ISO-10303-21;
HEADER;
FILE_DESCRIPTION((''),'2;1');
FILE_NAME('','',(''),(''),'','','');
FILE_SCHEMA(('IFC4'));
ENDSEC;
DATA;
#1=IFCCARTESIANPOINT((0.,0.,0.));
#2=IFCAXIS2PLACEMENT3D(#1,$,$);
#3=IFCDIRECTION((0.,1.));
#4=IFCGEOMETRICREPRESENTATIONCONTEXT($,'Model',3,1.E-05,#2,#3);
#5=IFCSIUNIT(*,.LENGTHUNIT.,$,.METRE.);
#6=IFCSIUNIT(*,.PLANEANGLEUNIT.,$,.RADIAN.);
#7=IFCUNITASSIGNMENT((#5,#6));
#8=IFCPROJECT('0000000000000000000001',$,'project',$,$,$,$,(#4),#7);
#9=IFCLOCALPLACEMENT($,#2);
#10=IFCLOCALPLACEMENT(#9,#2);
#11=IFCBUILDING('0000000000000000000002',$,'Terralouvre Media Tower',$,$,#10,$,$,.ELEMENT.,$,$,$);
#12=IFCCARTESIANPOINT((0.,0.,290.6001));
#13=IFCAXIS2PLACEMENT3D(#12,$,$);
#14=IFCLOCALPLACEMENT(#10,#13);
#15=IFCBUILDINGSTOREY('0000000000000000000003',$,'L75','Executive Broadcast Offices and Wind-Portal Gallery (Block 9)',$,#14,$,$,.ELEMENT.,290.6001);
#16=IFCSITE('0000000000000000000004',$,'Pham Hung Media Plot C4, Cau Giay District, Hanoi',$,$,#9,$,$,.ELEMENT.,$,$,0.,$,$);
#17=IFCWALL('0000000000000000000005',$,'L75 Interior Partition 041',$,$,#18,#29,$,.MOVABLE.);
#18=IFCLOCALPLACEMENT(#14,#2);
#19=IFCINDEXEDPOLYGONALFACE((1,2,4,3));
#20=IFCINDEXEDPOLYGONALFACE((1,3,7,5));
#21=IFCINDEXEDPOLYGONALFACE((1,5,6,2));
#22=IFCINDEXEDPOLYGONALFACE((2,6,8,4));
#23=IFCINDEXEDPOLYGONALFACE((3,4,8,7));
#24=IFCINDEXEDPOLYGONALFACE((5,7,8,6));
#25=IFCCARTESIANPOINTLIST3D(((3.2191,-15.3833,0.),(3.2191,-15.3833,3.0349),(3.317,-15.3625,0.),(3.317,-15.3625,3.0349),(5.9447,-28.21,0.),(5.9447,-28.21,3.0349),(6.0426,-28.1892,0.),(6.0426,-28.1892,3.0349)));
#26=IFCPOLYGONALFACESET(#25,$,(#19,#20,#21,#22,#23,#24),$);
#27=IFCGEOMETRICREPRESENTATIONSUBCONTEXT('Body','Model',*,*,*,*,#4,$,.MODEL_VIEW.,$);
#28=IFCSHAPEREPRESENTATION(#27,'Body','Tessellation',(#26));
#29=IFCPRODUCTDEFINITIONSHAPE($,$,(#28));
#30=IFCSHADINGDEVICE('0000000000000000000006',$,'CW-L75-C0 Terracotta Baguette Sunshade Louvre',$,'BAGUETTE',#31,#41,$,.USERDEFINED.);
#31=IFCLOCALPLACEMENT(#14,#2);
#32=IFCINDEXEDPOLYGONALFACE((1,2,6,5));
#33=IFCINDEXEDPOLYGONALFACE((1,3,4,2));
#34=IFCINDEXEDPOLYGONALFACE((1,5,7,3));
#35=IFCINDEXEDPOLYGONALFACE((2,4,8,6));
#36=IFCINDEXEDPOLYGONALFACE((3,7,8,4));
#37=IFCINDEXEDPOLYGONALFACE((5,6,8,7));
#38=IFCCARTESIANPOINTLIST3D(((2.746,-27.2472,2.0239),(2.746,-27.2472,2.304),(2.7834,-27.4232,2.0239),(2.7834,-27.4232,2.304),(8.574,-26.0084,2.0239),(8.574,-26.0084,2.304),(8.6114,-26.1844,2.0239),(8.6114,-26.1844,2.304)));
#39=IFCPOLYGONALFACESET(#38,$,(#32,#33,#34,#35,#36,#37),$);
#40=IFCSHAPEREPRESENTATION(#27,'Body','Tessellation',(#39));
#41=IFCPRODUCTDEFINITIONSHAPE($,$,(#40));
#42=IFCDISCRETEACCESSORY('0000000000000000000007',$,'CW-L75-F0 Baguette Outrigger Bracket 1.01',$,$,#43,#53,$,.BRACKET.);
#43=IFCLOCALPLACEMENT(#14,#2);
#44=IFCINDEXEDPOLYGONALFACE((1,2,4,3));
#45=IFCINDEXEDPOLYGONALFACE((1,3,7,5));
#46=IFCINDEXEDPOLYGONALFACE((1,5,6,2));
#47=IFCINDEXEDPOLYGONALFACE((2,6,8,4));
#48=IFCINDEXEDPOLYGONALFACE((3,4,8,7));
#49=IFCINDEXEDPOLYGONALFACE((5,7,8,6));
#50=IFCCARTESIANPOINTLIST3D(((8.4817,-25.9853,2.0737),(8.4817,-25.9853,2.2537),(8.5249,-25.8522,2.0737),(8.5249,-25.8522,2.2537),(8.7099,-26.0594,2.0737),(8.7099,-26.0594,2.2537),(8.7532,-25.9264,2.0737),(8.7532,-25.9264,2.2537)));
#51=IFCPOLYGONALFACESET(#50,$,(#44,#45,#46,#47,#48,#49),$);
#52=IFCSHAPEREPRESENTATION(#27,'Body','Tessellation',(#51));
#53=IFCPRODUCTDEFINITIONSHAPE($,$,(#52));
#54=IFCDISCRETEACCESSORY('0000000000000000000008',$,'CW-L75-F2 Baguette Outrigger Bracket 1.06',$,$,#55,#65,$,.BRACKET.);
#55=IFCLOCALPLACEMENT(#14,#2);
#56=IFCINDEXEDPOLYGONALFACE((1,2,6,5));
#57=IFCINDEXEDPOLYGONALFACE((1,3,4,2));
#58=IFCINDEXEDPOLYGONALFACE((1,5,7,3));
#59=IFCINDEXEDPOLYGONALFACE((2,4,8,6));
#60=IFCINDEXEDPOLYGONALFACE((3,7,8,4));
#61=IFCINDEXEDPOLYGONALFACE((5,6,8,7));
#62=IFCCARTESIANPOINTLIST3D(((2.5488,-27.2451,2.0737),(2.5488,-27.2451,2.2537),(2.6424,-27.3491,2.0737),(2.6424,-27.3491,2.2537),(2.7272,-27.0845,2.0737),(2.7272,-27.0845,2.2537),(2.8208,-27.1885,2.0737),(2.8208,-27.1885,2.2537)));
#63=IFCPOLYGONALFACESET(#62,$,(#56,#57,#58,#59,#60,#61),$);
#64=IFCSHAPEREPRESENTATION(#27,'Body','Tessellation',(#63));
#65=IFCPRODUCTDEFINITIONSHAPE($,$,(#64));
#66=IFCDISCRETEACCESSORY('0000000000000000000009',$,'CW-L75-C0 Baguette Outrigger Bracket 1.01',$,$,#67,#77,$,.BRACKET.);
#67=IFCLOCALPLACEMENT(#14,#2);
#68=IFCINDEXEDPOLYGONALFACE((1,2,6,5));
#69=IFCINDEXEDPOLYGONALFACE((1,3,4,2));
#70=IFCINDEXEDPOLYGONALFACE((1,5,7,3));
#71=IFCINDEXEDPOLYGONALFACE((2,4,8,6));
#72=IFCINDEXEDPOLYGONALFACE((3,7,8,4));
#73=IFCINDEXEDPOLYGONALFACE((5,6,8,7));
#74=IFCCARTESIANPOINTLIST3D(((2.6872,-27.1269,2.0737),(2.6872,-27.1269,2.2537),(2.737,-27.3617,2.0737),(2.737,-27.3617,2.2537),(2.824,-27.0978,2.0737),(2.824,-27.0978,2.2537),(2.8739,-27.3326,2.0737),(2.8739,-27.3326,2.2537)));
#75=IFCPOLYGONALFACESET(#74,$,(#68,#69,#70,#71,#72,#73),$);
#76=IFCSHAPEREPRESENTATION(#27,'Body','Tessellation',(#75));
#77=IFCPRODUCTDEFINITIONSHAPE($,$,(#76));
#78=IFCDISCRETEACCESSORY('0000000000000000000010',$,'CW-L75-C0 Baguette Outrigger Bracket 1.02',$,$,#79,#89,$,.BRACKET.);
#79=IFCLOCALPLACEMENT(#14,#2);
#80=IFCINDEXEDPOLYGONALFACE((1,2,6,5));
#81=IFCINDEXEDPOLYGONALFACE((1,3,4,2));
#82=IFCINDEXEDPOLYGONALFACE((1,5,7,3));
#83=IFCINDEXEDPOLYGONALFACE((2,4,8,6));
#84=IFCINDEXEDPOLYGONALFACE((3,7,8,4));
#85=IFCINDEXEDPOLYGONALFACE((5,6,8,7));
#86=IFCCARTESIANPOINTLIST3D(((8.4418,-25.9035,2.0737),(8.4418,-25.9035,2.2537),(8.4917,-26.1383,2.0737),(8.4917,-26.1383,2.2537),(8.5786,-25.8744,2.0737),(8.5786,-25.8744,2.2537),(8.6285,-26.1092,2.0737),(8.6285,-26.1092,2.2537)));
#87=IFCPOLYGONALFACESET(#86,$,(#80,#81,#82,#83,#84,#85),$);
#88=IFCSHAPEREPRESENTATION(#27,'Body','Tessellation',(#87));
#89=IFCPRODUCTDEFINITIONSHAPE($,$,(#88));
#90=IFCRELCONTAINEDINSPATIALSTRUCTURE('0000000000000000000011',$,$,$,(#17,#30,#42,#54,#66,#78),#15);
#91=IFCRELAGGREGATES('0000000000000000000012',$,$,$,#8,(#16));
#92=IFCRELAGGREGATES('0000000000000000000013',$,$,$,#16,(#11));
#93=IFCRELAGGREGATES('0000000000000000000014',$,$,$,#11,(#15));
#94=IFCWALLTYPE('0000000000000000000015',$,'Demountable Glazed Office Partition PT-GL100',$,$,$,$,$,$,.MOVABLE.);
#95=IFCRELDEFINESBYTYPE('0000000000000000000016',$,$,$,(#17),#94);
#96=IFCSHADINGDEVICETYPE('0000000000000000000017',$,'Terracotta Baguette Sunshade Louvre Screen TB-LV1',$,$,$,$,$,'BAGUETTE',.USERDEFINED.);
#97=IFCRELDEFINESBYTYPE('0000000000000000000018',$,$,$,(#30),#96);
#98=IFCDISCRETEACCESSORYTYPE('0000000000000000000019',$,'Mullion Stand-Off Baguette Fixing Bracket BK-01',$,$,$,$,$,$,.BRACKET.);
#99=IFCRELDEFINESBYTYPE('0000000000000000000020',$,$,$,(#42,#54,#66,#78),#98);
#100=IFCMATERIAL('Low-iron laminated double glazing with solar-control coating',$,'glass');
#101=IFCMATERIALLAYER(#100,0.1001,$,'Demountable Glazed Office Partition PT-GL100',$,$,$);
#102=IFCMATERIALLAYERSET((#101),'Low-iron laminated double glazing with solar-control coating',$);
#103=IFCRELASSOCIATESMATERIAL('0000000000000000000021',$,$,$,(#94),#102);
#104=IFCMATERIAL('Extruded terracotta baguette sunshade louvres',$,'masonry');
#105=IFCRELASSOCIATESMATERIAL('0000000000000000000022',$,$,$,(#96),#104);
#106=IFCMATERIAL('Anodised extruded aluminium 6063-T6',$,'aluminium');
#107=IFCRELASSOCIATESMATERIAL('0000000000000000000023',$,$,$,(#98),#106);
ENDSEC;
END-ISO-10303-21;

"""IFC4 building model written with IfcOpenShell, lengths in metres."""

from ifc_helpers import new_model, si_unit, direction, frame, frame_2d, origin, origin_2d, place, context, subcontext, project, spatial, rectangle, extrude, material, layer, layer_set, type_object, element, save


model = new_model("IFC4")

# Units and contexts
model_context = context("Model", 3, precision=1e-05, world=origin(), true_north=direction((0.0, 1.0)))
body_context = subcontext(model_context, "Body", "Model", "MODEL_VIEW")
ifc_project = project(units=[si_unit("LENGTHUNIT", "METRE"), si_unit("PLANEANGLEUNIT", "RADIAN")], contexts=[model_context])

# Site, building, storey
site_placement = place(None, origin())
site = spatial("IfcSite", under=ifc_project, at=site_placement, Name="Pham Hung Media Plot C4, Cau Giay District, Hanoi", CompositionType="ELEMENT", RefElevation=0.0)
building_placement = place(site_placement, origin())
building = spatial("IfcBuilding", under=site, at=building_placement, Name="Terralouvre Media Tower", CompositionType="ELEMENT")
storey_placement = place(building_placement, frame((0.0, 0.0, 290.6001)))
storey = spatial("IfcBuildingStorey", under=building, at=storey_placement, Name="L75", Description="Executive Broadcast Offices and Wind-Portal Gallery (Block 9)", CompositionType="ELEMENT", Elevation=290.6001)

# Wall
ifc_material_1 = material(Name="Low-iron laminated double glazing with solar-control coating", Category="glass")
ifc_layer_1 = layer(ifc_material_1, 0.1001, Name="Demountable Glazed Office Partition PT-GL100")
ifc_layer_set_1 = layer_set([ifc_layer_1], Name="Low-iron laminated double glazing with solar-control coating")
wall_type = type_object("IfcWallType", Name="Demountable Glazed Office Partition PT-GL100", PredefinedType="MOVABLE", material=ifc_layer_set_1)
wall_placement = place(storey_placement, frame((5.9937, -28.1997, 0.0), z_axis=(0.0, 0.0, 1.0), x_axis=(-0.207853, 0.97816, 0.0)))
element("IfcWall", 1, at=wall_placement, inside=storey, type_object=wall_type, Name="L75 Interior Partition 041", PredefinedType="MOVABLE", context=body_context, shape_type="SweptSolid", body=[
    extrude(rectangle(XDim=13.113, YDim=0.1001, at=frame_2d((6.5566, 0.0))), origin(), (0.0, 0.0, 1.0), 3.0349),
])

# Shading device
ifc_material_2 = material(Name="Extruded terracotta baguette sunshade louvres", Category="masonry")
shading_device_type = type_object("IfcShadingDeviceType", Name="Terracotta Baguette Sunshade Louvre Screen TB-LV1", ElementType="BAGUETTE", PredefinedType="USERDEFINED", material=ifc_material_2)
shading_device_placement = place(storey_placement, frame((5.6787, -26.7158, 2.0239), z_axis=(0.0, 0.0, 1.0), x_axis=(0.978148, 0.207912, 0.0)))
element("IfcShadingDevice", 2, at=shading_device_placement, inside=storey, type_object=shading_device_type, Name="CW-L75-C0 Terracotta Baguette Sunshade Louvre", ObjectType="BAGUETTE", PredefinedType="USERDEFINED", context=body_context, shape_type="SweptSolid", body=[
    extrude(rectangle(XDim=5.9583, YDim=0.1799, at=origin_2d()), origin(), (0.0, 0.0, 1.0), 0.28),
])

# Discrete accessories
ifc_material_3 = material(Name="Anodised extruded aluminium 6063-T6", Category="aluminium")
discrete_accessory_type = type_object("IfcDiscreteAccessoryType", Name="Mullion Stand-Off Baguette Fixing Bracket BK-01", PredefinedType="BRACKET", material=ifc_material_3)
for number, where, z_axis, x_axis, name in (
    (3, (8.6174, -25.9558, 2.0737), (0.0, 0.0, 1.0), (0.309017, 0.951057, 0.0), "CW-L75-F0 Baguette Outrigger Bracket 1.01"),
    (4, (2.6848, -27.2168, 2.0737), (0.0, 0.0, 1.0), (0.669131, -0.743145, 0.0), "CW-L75-F2 Baguette Outrigger Bracket 1.06"),
    (5, (2.7805, -27.2297, 2.0737), (0.0, 0.0, 1.0), (0.978148, 0.207912, 0.0), "CW-L75-C0 Baguette Outrigger Bracket 1.01"),
    (6, (8.5352, -26.0063, 2.0737), (0.0, 0.0, 1.0), (0.978148, 0.207912, 0.0), "CW-L75-C0 Baguette Outrigger Bracket 1.02"),
):
    element("IfcDiscreteAccessory", number, at=place(storey_placement, frame(where, z_axis=z_axis, x_axis=x_axis)), inside=storey, type_object=discrete_accessory_type, Name=name, PredefinedType="BRACKET", context=body_context, shape_type="SweptSolid", body=[
        extrude(rectangle(XDim=0.1399, YDim=0.24, at=origin_2d()), origin(), (0.0, 0.0, 1.0), 0.1799),
    ])

save(model, "model.ifc")
